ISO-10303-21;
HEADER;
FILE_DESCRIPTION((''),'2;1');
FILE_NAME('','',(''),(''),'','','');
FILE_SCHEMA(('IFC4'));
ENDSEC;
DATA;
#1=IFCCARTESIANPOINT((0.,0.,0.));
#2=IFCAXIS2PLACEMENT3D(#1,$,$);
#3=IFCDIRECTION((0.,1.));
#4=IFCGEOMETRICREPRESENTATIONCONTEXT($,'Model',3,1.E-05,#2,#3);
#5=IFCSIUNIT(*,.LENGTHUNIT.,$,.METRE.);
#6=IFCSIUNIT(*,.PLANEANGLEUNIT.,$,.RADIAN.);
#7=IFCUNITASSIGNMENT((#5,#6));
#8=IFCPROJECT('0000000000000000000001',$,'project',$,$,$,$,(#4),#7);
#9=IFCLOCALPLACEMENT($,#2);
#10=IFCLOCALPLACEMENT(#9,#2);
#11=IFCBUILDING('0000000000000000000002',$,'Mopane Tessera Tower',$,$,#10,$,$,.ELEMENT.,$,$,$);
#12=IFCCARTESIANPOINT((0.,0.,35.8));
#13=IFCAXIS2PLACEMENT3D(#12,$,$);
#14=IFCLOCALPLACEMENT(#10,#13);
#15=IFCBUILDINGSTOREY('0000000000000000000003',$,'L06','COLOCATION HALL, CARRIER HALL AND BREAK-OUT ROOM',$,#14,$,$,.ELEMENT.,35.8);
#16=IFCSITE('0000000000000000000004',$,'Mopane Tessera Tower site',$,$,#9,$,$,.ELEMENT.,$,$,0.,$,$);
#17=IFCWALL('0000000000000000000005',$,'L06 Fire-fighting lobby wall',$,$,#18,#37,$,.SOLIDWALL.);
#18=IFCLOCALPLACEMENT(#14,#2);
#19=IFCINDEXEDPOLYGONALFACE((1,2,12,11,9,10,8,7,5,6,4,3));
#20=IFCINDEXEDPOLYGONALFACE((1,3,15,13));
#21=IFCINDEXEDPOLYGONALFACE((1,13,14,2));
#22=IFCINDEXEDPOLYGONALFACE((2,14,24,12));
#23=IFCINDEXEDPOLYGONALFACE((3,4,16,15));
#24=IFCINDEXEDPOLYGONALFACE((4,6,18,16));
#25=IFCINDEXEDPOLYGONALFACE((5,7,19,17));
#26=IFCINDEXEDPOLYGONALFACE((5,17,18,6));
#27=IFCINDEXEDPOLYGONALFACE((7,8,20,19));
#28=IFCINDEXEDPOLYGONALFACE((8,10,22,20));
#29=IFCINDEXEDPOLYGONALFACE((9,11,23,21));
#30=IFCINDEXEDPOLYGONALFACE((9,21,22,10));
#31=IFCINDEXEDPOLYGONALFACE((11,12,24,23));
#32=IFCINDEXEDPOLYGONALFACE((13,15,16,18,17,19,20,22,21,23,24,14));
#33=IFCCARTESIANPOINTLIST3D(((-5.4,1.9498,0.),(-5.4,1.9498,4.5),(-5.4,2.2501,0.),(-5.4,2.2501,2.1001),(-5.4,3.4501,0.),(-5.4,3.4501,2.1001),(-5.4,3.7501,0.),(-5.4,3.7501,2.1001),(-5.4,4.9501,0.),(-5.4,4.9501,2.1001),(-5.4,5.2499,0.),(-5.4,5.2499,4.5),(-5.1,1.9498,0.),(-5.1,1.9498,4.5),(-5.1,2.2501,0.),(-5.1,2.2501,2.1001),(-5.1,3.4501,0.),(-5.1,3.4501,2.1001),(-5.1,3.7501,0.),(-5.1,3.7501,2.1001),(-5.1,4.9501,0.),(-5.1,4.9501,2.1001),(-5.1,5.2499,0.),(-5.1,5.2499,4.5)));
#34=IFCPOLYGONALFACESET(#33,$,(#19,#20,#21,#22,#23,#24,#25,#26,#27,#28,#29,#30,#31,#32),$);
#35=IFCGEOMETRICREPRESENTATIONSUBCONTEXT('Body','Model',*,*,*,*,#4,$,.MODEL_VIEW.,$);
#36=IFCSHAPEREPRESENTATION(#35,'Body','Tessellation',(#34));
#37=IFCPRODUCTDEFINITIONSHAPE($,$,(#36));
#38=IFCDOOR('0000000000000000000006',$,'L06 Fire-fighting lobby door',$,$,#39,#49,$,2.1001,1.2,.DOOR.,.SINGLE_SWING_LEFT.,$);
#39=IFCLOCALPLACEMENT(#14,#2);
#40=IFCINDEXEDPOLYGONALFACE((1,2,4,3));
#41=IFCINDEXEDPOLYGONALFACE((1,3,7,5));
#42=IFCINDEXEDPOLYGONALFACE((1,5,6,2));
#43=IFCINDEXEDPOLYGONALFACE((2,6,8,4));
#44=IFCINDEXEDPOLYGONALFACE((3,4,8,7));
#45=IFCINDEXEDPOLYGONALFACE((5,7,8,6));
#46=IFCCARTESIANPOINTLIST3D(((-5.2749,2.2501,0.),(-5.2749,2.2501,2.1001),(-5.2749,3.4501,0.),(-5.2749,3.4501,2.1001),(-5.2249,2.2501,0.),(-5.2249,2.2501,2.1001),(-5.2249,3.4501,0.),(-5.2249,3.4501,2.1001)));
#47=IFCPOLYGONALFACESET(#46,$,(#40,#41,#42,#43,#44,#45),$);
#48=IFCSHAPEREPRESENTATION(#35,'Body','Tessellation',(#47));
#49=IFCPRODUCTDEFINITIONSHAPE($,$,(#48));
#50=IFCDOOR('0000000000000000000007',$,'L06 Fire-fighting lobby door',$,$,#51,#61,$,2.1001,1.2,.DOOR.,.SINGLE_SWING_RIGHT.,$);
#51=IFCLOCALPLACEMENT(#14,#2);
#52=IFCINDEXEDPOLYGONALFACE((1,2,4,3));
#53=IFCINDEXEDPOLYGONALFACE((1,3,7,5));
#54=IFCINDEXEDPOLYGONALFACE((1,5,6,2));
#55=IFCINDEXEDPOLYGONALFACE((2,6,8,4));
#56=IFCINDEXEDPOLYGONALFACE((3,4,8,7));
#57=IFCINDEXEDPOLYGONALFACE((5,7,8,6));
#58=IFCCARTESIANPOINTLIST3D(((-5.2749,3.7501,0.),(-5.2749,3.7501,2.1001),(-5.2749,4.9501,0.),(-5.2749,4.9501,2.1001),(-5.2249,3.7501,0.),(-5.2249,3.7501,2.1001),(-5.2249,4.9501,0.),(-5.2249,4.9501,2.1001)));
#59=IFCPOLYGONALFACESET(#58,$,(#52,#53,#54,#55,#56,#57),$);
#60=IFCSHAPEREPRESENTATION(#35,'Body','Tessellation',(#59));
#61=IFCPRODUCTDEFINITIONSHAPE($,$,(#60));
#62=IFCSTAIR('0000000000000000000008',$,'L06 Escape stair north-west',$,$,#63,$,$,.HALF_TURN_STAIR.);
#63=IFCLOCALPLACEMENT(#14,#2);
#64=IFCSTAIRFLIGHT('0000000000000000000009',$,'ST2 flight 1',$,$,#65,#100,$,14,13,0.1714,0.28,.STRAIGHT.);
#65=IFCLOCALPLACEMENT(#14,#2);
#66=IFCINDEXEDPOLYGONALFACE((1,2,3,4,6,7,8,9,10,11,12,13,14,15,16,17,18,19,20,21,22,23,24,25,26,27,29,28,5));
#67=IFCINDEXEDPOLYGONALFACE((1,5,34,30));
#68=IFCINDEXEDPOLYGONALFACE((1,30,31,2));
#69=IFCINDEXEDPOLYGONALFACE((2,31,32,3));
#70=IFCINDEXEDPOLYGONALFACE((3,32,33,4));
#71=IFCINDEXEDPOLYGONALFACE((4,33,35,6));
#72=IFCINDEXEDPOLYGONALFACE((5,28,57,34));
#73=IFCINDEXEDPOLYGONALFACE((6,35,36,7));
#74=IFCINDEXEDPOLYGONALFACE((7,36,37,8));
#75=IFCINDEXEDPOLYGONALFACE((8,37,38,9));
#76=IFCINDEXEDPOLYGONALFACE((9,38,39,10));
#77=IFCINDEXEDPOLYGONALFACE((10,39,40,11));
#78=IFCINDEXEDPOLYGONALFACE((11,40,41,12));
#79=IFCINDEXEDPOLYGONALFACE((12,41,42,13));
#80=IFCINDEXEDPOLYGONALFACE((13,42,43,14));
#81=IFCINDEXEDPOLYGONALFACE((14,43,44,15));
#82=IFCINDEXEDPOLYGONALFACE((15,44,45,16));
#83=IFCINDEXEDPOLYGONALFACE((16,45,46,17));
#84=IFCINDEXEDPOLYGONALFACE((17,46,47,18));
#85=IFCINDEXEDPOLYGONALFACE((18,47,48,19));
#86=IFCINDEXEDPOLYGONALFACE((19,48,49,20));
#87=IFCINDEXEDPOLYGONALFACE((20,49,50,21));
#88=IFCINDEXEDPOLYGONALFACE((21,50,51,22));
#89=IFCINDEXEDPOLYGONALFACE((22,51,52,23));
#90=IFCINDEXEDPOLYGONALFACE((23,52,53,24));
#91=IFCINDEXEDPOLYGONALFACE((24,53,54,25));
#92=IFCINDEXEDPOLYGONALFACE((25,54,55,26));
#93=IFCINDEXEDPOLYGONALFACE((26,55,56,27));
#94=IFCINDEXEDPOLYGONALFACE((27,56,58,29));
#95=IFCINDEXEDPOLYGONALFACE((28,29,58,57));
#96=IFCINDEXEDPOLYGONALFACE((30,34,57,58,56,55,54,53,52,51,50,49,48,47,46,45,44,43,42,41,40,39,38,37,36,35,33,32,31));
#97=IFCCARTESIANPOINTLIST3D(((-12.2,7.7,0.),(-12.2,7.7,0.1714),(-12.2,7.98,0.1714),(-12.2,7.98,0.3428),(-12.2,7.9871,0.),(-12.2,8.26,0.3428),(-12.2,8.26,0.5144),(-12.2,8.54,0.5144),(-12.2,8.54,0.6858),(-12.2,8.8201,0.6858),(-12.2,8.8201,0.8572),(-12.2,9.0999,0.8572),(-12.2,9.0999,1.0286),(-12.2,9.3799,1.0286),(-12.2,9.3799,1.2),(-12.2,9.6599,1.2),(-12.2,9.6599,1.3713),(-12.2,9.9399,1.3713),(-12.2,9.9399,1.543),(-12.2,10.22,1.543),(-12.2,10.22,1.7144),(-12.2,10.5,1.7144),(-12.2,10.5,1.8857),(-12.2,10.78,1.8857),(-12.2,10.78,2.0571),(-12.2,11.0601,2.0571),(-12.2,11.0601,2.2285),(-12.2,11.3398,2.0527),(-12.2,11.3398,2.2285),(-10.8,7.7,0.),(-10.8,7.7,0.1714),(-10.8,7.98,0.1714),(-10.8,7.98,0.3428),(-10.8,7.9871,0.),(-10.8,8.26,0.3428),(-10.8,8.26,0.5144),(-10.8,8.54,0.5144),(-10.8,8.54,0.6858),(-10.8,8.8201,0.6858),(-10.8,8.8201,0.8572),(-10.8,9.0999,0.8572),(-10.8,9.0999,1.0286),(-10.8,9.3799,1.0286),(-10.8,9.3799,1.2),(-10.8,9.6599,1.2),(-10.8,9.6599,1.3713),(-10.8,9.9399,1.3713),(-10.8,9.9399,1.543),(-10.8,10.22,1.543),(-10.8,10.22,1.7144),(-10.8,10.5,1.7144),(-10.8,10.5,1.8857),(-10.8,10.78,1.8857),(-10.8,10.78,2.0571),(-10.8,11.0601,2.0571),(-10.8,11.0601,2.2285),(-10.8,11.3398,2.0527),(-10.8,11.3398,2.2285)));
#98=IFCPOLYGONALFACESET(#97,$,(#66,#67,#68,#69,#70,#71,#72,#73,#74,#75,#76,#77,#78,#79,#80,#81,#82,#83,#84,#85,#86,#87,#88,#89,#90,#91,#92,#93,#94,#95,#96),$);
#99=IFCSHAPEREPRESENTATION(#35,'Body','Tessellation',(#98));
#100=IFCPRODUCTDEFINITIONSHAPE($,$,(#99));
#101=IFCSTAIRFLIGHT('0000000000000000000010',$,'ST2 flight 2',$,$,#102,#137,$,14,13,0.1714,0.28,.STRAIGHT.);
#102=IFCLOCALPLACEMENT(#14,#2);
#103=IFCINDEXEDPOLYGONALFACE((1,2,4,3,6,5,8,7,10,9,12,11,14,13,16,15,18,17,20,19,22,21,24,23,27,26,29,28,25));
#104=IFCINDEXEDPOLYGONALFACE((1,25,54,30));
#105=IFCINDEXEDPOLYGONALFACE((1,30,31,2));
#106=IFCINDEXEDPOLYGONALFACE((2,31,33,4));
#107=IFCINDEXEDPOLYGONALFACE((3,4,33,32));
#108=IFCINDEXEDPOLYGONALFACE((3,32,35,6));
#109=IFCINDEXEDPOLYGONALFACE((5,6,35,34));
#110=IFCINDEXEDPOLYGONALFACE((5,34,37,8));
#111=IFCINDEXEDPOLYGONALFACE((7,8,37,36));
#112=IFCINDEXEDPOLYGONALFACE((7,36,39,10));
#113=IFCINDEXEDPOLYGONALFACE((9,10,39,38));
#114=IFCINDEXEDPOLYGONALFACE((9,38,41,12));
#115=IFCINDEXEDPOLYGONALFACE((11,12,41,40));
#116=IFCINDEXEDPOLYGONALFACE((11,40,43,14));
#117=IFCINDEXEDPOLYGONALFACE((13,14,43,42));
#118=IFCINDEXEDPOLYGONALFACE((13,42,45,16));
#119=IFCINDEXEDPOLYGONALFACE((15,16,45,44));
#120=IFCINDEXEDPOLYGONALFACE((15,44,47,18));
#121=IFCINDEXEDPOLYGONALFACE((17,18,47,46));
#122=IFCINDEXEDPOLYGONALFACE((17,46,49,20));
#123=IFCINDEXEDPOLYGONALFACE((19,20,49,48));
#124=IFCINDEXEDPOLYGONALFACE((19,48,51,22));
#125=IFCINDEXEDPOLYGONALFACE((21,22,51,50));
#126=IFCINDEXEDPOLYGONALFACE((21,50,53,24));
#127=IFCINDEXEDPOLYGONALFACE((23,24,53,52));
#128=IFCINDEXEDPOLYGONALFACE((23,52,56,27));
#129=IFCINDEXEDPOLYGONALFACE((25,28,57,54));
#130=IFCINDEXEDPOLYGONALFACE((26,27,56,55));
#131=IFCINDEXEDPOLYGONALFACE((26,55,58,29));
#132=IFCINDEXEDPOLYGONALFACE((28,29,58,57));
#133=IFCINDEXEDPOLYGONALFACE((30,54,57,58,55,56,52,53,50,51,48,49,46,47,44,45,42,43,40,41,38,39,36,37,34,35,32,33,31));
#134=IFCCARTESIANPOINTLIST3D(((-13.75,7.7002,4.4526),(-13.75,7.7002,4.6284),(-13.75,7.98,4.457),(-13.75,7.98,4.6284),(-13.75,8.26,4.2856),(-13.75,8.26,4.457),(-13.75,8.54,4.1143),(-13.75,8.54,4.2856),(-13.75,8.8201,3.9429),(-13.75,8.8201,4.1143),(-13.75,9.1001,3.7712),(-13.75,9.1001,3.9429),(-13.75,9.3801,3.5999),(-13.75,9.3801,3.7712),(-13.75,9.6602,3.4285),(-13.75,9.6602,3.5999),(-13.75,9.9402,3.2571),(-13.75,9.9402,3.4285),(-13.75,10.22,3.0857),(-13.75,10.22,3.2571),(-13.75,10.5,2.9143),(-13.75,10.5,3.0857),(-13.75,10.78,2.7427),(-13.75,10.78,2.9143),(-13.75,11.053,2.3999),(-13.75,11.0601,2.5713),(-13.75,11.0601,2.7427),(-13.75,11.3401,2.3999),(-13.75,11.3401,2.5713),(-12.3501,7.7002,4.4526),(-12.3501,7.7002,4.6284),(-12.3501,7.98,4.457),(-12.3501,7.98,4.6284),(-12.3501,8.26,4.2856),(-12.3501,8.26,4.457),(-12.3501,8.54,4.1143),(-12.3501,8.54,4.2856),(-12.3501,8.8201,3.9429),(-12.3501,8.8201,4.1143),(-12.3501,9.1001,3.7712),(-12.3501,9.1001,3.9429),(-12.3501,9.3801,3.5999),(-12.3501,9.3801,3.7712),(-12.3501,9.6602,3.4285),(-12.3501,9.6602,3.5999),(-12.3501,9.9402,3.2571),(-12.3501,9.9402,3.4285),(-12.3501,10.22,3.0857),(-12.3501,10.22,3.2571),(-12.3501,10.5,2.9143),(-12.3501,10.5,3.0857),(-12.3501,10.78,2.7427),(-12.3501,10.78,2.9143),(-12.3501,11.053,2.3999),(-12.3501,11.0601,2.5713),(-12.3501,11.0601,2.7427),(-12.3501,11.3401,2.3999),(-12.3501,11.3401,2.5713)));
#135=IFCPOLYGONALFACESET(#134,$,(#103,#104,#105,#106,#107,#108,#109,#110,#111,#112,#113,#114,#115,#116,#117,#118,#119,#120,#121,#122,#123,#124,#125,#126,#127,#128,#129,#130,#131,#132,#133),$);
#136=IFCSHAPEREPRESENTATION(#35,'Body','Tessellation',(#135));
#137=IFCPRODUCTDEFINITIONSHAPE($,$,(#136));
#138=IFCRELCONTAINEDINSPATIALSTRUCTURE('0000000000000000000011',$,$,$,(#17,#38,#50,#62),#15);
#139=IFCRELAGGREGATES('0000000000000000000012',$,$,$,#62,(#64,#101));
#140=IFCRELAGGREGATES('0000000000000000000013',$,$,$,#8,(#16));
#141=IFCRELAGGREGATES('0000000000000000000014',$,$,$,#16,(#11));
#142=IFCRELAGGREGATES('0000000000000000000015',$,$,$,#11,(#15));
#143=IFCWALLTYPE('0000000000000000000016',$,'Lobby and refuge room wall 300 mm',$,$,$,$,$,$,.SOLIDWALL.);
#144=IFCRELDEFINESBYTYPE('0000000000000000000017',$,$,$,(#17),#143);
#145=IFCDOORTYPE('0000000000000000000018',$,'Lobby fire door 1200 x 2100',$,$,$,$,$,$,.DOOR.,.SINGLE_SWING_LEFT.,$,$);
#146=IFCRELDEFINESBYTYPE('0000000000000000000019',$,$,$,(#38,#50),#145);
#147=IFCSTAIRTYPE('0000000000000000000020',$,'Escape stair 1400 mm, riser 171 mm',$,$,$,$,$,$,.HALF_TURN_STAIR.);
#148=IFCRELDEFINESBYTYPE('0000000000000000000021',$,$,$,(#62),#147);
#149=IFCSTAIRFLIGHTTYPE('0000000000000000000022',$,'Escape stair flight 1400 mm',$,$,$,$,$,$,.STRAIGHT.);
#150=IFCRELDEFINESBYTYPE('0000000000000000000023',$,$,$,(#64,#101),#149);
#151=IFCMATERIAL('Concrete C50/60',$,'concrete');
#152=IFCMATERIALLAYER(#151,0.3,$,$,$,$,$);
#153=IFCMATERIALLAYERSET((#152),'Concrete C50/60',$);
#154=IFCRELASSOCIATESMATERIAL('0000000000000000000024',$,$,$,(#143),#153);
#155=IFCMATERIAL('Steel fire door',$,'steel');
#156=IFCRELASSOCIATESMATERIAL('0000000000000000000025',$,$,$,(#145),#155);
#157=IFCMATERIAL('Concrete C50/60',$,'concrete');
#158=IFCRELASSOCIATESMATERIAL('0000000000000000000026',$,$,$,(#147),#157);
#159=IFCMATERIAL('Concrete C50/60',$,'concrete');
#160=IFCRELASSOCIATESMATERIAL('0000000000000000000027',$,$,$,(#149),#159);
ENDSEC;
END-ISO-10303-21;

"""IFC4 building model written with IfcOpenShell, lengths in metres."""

from ifc_helpers import new_model, si_unit, direction, frame, frame_2d, origin, place, context, subcontext, project, spatial, polyline, rectangle, outline, extrude, material, layer, layer_set, type_object, element, fill, aggregate, save


model = new_model("IFC4")

# Units and contexts
model_context = context("Model", 3, precision=1e-05, world=origin(), true_north=direction((0.0, 1.0)))
body_context = subcontext(model_context, "Body", "Model", "MODEL_VIEW")
ifc_project = project(units=[si_unit("LENGTHUNIT", "METRE"), si_unit("PLANEANGLEUNIT", "RADIAN")], contexts=[model_context])

# Site, building, storey
site_placement = place(None, origin())
site = spatial("IfcSite", under=ifc_project, at=site_placement, Name="Mopane Tessera Tower site", CompositionType="ELEMENT", RefElevation=0.0)
building_placement = place(site_placement, origin())
building = spatial("IfcBuilding", under=site, at=building_placement, Name="Mopane Tessera Tower", CompositionType="ELEMENT")
storey_placement = place(building_placement, frame((0.0, 0.0, 35.8)))
storey = spatial("IfcBuildingStorey", under=building, at=storey_placement, Name="L06", Description="COLOCATION HALL, CARRIER HALL AND BREAK-OUT ROOM", CompositionType="ELEMENT", Elevation=35.8)

# Wall, openings, doors
ifc_material_1 = material(Name="Concrete C50/60", Category="concrete")
ifc_layer_1 = layer(ifc_material_1, 0.3)
ifc_layer_set_1 = layer_set([ifc_layer_1], Name="Concrete C50/60")
wall_type_1 = type_object("IfcWallType", Name="Lobby and refuge room wall 300 mm", PredefinedType="SOLIDWALL", material=ifc_layer_set_1)
wall_1_placement = place(storey_placement, frame((-5.25, 1.95, 0.0), z_axis=(0.0, 0.0, 1.0), x_axis=(0.0, 1.0, 0.0)))
wall_1 = element("IfcWall", 1, at=wall_1_placement, inside=storey, type_object=wall_type_1, Name="L06 Fire-fighting lobby wall", PredefinedType="SOLIDWALL", context=body_context, shape_type="SweptSolid", body=[
    extrude(rectangle(XDim=3.3, YDim=0.3, at=frame_2d((1.6499, 0.0))), origin(), (0.0, 0.0, 1.0), 4.5),
])
opening_1_placement = place(wall_1_placement, frame((0.3, 0.0, 0.0)))
opening_1 = element("IfcOpeningElement", 2, at=opening_1_placement, cuts=wall_1, PredefinedType="OPENING", context=body_context, shape_type="SweptSolid", body=[
    extrude(rectangle(XDim=1.2, YDim=2.1001, at=frame_2d((0.6001, 1.05))), frame((0.0, 0.1621, 0.0), z_axis=(0.0, -1.0, 0.0), x_axis=(1.0, 0.0, 0.0)), (0.0, 0.0, 1.0), 0.324),
])
opening_2_placement = place(wall_1_placement, frame((1.8, 0.0, 0.0)))
opening_2 = element("IfcOpeningElement", 3, at=opening_2_placement, cuts=wall_1, PredefinedType="OPENING", context=body_context, shape_type="SweptSolid", body=[
    extrude(rectangle(XDim=1.2, YDim=2.1001, at=frame_2d((0.6001, 1.05))), frame((0.0, 0.1621, 0.0), z_axis=(0.0, -1.0, 0.0), x_axis=(1.0, 0.0, 0.0)), (0.0, 0.0, 1.0), 0.324),
])
ifc_material_2 = material(Name="Steel fire door", Category="steel")
door_type_1 = type_object("IfcDoorType", Name="Lobby fire door 1200 x 2100", OperationType="SINGLE_SWING_LEFT", PredefinedType="DOOR", material=ifc_material_2)
door_1_placement = place(opening_1_placement, origin())
door_1 = element("IfcDoor", 4, at=door_1_placement, inside=storey, type_object=door_type_1, Name="L06 Fire-fighting lobby door", OperationType="SINGLE_SWING_LEFT", OverallHeight=2.1001, OverallWidth=1.2, PredefinedType="DOOR", context=body_context, shape_type="SweptSolid", body=[
    extrude(rectangle(XDim=1.2, YDim=2.1001, at=frame_2d((0.6001, 1.05))), frame((0.0, 0.0249, 0.0), z_axis=(0.0, -1.0, 0.0), x_axis=(1.0, 0.0, 0.0)), (0.0, 0.0, 1.0), 0.05),
])
fill(opening_1, door_1)
door_2_placement = place(opening_2_placement, origin())
door_2 = element("IfcDoor", 5, at=door_2_placement, inside=storey, type_object=door_type_1, Name="L06 Fire-fighting lobby door", OperationType="SINGLE_SWING_RIGHT", OverallHeight=2.1001, OverallWidth=1.2, PredefinedType="DOOR", context=body_context, shape_type="SweptSolid", body=[
    extrude(rectangle(XDim=1.2, YDim=2.1001, at=frame_2d((0.6001, 1.05))), frame((0.0, 0.0249, 0.0), z_axis=(0.0, -1.0, 0.0), x_axis=(1.0, 0.0, 0.0)), (0.0, 0.0, 1.0), 0.05),
])
fill(opening_2, door_2)

# Stair, stair flights
ifc_material_3 = material(Name="Concrete C50/60", Category="concrete")
stair_type = type_object("IfcStairType", Name="Escape stair 1400 mm, riser 171 mm", PredefinedType="HALF_TURN_STAIR", material=ifc_material_3)
stair_placement = place(storey_placement, origin())
stair = element("IfcStair", 6, at=stair_placement, inside=storey, type_object=stair_type, Name="L06 Escape stair north-west", PredefinedType="HALF_TURN_STAIR")
ifc_material_4 = material(Name="Concrete C50/60", Category="concrete")
stair_flight_type = type_object("IfcStairFlightType", Name="Escape stair flight 1400 mm", PredefinedType="STRAIGHT", material=ifc_material_4)
stair_flight_1_placement = place(storey_placement, frame((-11.5, 7.7, 0.0), z_axis=(0.0, 0.0, 1.0), x_axis=(0.0, 1.0, 0.0)))
stair_flight_1 = element("IfcStairFlight", 7, at=stair_flight_1_placement, type_object=stair_flight_type, Name="ST2 flight 1", NumberOfRisers=14, NumberOfTreads=13, PredefinedType="STRAIGHT", RiserHeight=0.1714, TreadLength=0.28, context=body_context, shape_type="SweptSolid", body=[
    extrude(outline(polyline([(0.0, 0.0), (0.0, 0.1714), (0.28, 0.1714), (0.28, 0.3428), (0.5601, 0.3428), (0.5601, 0.5144), (0.8401, 0.5144), (0.8401, 0.6858), (1.1201, 0.6858), (1.1201, 0.8572), (1.3999, 0.8572), (1.3999, 1.0286), (1.6799, 1.0286), (1.6799, 1.2), (1.96, 1.2), (1.96, 1.3713), (2.24, 1.3713), (2.24, 1.543), (2.52, 1.543), (2.52, 1.7144), (2.8, 1.7144), (2.8, 1.8857), (3.0801, 1.8857), (3.0801, 2.0571), (3.3601, 2.0571), (3.3601, 2.2285), (3.6399, 2.2285), (3.6399, 2.3999), (3.6399, 2.0527), (0.2871, 0.0), (0.0, 0.0)])), frame((0.0, 0.7, 0.0), z_axis=(0.0, -1.0, 0.0), x_axis=(1.0, 0.0, 0.0)), (0.0, 0.0, 1.0), 1.3999),
])
stair_flight_2_placement = place(storey_placement, frame((-13.05, 11.3401, 2.3999), z_axis=(0.0, 0.0, 1.0), x_axis=(0.0, -1.0, 0.0)))
stair_flight_2 = element("IfcStairFlight", 8, at=stair_flight_2_placement, type_object=stair_flight_type, Name="ST2 flight 2", NumberOfRisers=14, NumberOfTreads=13, PredefinedType="STRAIGHT", RiserHeight=0.1714, TreadLength=0.28, context=body_context, shape_type="SweptSolid", body=[
    extrude(outline(polyline([(0.0, 0.0), (0.0, 0.1714), (0.28, 0.1714), (0.28, 0.3428), (0.5601, 0.3428), (0.5601, 0.5144), (0.8401, 0.5144), (0.8401, 0.6858), (1.1201, 0.6858), (1.1201, 0.8572), (1.3999, 0.8572), (1.3999, 1.0286), (1.6799, 1.0286), (1.6799, 1.2), (1.96, 1.2), (1.96, 1.3713), (2.24, 1.3713), (2.24, 1.543), (2.52, 1.543), (2.52, 1.7144), (2.8, 1.7144), (2.8, 1.8857), (3.0801, 1.8857), (3.0801, 2.0571), (3.3601, 2.0571), (3.3601, 2.2285), (3.6399, 2.2285), (3.6399, 2.3999), (3.6399, 2.0527), (0.2871, 0.0), (0.0, 0.0)])), frame((0.0, 0.7, 0.0), z_axis=(0.0, -1.0, 0.0), x_axis=(1.0, 0.0, 0.0)), (0.0, 0.0, 1.0), 1.3999),
])
aggregate(stair, [stair_flight_1, stair_flight_2])

save(model, "model.ifc")
